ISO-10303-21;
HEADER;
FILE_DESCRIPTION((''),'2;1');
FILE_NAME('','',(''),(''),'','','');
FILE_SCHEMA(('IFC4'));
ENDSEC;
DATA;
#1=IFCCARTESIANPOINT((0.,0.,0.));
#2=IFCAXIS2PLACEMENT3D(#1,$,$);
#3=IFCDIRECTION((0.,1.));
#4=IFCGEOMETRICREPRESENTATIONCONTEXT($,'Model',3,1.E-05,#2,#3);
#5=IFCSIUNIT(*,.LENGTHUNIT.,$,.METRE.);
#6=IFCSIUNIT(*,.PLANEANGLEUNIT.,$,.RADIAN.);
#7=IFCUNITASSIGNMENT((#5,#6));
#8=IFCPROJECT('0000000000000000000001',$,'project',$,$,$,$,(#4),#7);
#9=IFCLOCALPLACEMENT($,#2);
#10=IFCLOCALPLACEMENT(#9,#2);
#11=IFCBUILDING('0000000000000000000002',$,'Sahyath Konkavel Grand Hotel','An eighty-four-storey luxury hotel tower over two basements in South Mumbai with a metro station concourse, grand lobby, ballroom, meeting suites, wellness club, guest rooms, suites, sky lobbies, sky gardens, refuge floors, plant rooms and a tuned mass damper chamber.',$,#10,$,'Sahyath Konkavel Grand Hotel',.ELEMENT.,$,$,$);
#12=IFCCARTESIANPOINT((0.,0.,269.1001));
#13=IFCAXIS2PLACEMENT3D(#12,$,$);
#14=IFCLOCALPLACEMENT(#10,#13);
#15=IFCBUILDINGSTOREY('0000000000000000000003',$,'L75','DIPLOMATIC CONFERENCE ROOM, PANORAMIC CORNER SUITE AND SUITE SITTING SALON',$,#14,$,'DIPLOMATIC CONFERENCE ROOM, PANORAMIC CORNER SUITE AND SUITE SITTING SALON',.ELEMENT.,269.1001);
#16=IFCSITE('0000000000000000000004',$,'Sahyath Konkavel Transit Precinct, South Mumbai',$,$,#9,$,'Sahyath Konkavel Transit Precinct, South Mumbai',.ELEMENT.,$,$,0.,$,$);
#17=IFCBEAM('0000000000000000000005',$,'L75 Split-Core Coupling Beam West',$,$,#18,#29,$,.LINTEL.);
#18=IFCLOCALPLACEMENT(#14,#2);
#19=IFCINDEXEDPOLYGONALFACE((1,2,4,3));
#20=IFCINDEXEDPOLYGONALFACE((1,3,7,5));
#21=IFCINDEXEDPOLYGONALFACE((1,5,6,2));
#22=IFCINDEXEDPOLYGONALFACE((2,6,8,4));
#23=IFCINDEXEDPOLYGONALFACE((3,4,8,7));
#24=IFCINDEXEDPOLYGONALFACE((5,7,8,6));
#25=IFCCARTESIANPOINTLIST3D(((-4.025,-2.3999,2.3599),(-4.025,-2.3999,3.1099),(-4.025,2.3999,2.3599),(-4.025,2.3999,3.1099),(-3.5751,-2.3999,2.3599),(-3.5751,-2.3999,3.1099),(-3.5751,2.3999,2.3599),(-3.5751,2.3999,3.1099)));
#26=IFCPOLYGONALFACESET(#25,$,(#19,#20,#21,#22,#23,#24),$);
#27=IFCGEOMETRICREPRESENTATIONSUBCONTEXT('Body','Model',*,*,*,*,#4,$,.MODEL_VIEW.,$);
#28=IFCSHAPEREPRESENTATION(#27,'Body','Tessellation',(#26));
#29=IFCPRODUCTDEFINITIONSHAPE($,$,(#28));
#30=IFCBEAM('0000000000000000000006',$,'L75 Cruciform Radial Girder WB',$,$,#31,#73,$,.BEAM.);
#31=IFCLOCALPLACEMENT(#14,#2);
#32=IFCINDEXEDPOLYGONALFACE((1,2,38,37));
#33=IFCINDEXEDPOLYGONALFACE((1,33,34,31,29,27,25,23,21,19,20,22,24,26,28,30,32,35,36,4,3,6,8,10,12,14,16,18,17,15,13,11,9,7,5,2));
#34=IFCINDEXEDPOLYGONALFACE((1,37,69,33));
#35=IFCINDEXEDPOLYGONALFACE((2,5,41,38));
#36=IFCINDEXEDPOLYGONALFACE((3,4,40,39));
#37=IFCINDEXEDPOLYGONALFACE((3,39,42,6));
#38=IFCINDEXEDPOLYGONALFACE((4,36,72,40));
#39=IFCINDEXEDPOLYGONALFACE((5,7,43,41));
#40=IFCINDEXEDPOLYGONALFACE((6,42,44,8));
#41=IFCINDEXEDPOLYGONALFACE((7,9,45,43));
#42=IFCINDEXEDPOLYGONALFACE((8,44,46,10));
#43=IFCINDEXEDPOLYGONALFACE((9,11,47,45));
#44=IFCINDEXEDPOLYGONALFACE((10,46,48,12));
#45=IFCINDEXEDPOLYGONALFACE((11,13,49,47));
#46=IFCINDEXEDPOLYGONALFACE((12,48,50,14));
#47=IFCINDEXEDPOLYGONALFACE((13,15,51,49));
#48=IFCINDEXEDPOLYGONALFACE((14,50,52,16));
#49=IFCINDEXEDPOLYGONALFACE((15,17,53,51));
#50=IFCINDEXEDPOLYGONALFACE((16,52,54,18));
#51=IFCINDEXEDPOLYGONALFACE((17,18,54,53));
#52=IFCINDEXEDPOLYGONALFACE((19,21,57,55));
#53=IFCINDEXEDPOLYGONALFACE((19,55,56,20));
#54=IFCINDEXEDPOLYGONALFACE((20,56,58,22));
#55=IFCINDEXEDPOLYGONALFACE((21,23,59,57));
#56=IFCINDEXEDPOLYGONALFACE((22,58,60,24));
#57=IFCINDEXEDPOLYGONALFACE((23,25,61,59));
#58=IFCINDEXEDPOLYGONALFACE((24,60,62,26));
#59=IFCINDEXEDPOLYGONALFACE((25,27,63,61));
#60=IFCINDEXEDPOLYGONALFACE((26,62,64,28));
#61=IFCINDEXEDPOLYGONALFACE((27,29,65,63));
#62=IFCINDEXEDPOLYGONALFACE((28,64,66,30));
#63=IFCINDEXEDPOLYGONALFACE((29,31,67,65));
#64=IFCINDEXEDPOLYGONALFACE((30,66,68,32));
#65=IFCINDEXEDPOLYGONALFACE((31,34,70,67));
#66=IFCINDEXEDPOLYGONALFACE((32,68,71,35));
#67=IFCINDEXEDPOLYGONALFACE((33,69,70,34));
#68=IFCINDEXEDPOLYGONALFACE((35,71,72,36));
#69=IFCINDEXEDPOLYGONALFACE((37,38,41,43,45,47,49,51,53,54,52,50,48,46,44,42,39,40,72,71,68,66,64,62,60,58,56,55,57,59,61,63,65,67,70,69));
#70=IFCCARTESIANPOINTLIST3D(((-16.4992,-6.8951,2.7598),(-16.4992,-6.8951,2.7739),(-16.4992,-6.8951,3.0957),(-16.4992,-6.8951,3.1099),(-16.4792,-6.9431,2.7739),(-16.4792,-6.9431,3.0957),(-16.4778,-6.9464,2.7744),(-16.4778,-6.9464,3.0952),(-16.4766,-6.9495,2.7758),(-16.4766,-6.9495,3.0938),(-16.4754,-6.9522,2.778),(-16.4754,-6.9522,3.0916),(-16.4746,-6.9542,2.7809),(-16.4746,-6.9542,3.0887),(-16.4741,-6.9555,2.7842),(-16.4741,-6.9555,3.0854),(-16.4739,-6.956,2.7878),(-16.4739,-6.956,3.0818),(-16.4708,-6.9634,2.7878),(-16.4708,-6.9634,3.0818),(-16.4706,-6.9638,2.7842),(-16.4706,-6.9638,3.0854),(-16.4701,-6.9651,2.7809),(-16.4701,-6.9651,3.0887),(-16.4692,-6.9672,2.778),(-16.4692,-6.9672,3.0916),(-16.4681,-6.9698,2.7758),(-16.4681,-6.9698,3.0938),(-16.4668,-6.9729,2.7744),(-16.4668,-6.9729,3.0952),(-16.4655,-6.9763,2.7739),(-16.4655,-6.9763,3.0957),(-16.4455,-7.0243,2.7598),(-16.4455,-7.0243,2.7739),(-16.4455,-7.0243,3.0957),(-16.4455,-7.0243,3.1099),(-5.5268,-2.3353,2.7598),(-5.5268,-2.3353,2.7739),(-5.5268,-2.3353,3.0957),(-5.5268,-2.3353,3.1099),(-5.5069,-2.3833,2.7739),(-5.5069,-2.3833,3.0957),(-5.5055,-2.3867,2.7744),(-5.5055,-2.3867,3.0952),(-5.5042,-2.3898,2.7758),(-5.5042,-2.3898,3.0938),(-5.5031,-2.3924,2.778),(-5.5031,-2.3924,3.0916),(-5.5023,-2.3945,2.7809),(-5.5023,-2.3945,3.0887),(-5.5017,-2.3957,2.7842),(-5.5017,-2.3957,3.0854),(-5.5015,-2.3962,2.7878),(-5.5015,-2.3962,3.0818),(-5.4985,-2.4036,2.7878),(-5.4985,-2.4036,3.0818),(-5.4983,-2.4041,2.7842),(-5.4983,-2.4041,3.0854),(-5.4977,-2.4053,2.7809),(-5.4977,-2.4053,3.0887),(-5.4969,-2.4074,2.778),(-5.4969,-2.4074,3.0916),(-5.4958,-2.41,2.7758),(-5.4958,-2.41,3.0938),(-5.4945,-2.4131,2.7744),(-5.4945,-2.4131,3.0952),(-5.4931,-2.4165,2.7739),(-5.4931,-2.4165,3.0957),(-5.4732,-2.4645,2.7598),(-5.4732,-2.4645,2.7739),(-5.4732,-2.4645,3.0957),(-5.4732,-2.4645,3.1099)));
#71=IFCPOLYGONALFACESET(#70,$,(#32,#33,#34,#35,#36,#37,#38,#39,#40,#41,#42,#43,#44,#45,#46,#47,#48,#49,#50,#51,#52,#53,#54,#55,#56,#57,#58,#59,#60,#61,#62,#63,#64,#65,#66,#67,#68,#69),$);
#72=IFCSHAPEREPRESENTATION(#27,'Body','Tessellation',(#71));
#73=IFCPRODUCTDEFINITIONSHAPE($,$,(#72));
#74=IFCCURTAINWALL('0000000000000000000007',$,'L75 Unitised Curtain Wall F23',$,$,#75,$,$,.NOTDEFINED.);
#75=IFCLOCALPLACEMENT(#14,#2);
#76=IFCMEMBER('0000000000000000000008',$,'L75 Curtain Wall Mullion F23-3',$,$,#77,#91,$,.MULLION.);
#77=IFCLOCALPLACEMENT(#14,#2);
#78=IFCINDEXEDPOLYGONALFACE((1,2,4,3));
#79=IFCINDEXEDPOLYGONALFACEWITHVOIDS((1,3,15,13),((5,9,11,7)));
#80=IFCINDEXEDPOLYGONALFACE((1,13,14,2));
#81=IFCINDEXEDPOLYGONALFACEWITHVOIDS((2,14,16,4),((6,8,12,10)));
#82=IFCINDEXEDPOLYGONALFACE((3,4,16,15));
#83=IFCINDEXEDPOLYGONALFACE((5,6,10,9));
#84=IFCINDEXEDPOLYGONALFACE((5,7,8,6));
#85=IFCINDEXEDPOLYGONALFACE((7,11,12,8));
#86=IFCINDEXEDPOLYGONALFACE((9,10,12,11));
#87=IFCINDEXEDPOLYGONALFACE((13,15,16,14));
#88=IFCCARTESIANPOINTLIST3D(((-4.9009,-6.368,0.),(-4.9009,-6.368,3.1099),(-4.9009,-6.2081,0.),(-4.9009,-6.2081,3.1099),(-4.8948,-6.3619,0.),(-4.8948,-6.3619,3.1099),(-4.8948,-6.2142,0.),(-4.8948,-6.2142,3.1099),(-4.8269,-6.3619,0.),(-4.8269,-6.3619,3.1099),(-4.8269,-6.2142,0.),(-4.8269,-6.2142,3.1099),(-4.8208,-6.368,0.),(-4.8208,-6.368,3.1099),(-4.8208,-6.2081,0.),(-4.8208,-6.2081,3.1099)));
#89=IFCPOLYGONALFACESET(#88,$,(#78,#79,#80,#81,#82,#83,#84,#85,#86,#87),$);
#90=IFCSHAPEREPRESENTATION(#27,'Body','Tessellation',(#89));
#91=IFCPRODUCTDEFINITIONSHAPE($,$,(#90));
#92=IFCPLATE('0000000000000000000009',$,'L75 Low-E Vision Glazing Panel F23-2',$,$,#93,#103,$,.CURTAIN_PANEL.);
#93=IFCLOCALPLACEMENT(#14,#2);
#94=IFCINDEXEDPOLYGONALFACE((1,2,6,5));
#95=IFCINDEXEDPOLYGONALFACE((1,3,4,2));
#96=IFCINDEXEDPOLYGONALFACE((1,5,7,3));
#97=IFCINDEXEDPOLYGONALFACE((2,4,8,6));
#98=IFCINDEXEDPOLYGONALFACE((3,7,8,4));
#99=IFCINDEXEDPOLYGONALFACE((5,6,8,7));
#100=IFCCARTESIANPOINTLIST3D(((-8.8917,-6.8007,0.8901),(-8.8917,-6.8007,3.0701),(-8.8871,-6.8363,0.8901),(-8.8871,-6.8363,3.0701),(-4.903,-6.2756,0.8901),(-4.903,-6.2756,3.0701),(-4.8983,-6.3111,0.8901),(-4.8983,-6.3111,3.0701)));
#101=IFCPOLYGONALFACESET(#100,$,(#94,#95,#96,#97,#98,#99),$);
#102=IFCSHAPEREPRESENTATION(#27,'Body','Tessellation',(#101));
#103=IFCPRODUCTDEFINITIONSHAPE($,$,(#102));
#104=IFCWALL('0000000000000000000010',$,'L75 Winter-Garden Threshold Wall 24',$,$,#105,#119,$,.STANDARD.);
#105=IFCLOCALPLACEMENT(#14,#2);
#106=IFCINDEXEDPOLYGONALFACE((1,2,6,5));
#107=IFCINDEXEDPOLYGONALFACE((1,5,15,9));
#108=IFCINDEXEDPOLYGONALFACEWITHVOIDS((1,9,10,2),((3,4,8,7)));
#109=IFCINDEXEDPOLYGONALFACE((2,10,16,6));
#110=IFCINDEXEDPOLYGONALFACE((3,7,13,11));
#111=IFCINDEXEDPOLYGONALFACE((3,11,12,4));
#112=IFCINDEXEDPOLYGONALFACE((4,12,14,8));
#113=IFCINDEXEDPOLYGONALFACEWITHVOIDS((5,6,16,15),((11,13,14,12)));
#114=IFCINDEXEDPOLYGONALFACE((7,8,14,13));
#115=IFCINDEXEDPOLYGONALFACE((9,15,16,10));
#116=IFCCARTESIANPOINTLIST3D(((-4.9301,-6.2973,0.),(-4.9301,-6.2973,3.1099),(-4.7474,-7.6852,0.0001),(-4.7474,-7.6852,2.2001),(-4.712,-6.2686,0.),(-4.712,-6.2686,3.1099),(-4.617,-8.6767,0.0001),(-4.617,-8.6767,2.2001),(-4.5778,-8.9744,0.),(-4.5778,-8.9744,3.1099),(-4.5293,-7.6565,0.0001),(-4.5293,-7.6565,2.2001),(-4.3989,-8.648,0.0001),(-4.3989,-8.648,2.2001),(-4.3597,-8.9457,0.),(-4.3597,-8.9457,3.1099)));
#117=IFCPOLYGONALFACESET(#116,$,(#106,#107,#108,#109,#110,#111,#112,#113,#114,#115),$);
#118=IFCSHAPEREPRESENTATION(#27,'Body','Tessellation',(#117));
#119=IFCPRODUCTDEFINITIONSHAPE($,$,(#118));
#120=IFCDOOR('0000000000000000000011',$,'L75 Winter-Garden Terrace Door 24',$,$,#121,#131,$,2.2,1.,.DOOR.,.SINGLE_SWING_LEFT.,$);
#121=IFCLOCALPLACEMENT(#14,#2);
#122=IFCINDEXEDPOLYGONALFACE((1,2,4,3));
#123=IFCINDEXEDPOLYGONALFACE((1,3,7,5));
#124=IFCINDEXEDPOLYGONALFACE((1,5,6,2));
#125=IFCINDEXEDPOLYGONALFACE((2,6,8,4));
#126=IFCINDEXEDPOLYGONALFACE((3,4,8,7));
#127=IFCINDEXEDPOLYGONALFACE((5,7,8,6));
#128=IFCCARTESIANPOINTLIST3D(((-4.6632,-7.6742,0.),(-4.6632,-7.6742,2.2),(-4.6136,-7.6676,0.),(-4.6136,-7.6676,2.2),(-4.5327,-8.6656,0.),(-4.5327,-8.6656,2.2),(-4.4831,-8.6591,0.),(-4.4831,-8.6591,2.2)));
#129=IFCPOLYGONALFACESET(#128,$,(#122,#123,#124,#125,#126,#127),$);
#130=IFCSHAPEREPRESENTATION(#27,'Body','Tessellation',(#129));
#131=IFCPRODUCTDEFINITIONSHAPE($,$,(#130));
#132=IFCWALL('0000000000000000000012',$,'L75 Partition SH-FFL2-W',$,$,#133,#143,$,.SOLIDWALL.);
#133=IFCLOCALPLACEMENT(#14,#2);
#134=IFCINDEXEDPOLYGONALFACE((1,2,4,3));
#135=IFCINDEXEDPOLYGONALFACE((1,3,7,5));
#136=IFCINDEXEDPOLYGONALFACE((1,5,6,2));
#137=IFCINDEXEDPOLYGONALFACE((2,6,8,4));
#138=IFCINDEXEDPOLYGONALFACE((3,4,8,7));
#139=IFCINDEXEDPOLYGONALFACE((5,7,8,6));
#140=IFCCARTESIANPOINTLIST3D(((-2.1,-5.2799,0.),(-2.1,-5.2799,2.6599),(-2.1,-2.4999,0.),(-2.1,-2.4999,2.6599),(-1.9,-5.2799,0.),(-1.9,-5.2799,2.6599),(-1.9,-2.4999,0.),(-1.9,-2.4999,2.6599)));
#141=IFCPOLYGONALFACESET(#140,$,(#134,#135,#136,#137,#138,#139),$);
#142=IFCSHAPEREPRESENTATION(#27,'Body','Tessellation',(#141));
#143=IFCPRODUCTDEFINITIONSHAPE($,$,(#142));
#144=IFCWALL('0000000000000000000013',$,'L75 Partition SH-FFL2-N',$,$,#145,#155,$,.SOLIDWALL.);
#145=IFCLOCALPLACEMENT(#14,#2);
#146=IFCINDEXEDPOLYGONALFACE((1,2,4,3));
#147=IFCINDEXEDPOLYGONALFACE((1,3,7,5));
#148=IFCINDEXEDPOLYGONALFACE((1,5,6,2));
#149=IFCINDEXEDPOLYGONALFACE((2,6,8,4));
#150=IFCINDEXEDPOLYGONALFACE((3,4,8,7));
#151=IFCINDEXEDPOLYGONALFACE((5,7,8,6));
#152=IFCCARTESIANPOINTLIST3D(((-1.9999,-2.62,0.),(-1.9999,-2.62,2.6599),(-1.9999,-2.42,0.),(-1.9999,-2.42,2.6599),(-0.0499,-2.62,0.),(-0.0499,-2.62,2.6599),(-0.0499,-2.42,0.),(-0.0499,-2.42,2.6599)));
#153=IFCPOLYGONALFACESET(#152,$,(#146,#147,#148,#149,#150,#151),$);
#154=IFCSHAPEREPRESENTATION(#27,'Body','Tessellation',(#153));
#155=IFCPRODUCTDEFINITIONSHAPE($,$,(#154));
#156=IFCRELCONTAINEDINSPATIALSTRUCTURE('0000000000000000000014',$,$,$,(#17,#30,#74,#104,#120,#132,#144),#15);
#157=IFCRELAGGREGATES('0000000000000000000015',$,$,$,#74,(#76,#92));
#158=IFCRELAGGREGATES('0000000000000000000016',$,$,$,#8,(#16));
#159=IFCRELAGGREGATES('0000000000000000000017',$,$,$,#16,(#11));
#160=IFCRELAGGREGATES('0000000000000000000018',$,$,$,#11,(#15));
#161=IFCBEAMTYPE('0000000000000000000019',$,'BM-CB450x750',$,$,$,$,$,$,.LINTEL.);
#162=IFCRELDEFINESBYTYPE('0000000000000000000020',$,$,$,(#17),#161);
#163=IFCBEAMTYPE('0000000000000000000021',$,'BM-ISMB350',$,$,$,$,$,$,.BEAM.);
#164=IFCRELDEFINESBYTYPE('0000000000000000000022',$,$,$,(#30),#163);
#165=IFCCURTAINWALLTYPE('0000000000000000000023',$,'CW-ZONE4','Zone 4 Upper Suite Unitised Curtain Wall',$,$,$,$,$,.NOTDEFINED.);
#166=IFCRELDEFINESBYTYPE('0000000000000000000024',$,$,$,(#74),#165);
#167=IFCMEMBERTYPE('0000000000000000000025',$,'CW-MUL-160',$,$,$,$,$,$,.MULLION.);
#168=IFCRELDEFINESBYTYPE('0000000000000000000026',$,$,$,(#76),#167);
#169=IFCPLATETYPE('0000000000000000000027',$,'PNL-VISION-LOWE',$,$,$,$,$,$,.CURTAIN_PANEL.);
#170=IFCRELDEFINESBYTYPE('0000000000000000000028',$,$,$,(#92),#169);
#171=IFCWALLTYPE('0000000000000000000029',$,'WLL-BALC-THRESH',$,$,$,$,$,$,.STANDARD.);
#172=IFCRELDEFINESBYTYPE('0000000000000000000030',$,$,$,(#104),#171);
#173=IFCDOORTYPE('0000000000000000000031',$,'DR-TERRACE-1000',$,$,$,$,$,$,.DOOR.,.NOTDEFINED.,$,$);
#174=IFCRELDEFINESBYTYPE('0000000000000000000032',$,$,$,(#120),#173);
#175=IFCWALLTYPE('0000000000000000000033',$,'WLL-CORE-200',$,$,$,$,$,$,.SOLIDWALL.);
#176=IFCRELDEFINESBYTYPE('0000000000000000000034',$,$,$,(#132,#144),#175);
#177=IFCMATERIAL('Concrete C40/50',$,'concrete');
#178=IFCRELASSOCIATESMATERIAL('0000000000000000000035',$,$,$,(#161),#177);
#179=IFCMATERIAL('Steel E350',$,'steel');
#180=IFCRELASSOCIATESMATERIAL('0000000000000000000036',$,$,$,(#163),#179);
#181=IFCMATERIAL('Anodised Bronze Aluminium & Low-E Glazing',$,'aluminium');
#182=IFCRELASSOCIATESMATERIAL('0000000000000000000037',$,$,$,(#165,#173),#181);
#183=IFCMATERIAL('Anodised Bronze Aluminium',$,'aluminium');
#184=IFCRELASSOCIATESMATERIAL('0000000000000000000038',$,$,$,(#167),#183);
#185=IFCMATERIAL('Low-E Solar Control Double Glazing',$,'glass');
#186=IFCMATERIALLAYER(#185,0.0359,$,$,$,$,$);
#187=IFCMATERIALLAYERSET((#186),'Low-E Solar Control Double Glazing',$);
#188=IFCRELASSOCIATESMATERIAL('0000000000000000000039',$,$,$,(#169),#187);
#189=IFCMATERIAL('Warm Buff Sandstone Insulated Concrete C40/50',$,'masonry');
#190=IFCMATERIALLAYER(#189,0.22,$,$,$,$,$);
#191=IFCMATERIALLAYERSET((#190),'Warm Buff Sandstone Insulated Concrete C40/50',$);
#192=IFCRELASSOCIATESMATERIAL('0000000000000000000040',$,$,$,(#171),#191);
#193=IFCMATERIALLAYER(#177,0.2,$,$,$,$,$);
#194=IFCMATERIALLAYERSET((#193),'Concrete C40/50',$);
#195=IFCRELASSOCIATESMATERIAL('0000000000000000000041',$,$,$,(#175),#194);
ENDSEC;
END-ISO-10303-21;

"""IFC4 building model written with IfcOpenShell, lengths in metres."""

from ifc_helpers import new_model, si_unit, direction, frame, frame_2d, origin, origin_2d, place, context, subcontext, project, spatial, rectangle, hollow_rectangle, i_section, extrude, source, transform, mapped, material, layer, layer_set, material_profile, profile_set, type_object, element, fill, aggregate, save


model = new_model("IFC4")

# Units and contexts
model_context = context("Model", 3, precision=1e-05, world=origin(), true_north=direction((0.0, 1.0)))
body_context = subcontext(model_context, "Body", "Model", "MODEL_VIEW")
ifc_project = project(units=[si_unit("LENGTHUNIT", "METRE"), si_unit("PLANEANGLEUNIT", "RADIAN")], contexts=[model_context])

# Site, building, storey
site_placement = place(None, origin())
site = spatial("IfcSite", under=ifc_project, at=site_placement, Name="Sahyath Konkavel Transit Precinct, South Mumbai", LongName="Sahyath Konkavel Transit Precinct, South Mumbai", CompositionType="ELEMENT", RefElevation=0.0)
building_placement = place(site_placement, origin())
building = spatial("IfcBuilding", under=site, at=building_placement, Name="Sahyath Konkavel Grand Hotel", Description="An eighty-four-storey luxury hotel tower over two basements in South Mumbai with a metro station concourse, grand lobby, ballroom, meeting suites, wellness club, guest rooms, suites, sky lobbies, sky gardens, refuge floors, plant rooms and a tuned mass damper chamber.", LongName="Sahyath Konkavel Grand Hotel", CompositionType="ELEMENT")
storey_placement = place(building_placement, frame((0.0, 0.0, 269.1001)))
storey = spatial("IfcBuildingStorey", under=building, at=storey_placement, Name="L75", Description="DIPLOMATIC CONFERENCE ROOM, PANORAMIC CORNER SUITE AND SUITE SITTING SALON", LongName="DIPLOMATIC CONFERENCE ROOM, PANORAMIC CORNER SUITE AND SUITE SITTING SALON", CompositionType="ELEMENT", Elevation=269.1001)

# Shared definitions
ifc_material_1 = material(Name="Concrete C40/50", Category="concrete")

# Beams
ifc_material_2 = material(Name="Steel E350", Category="steel")
ifc_material_profile_1 = material_profile(ifc_material_1, rectangle(XDim=0.45, YDim=0.75, at=origin_2d()), Name="RC 450x750")
ifc_profile_set_1 = profile_set([ifc_material_profile_1], Name="Concrete C40/50")
beam_type_1 = type_object("IfcBeamType", Name="BM-CB450x750", PredefinedType="LINTEL", material=ifc_profile_set_1)
shared_shape_1 = source(origin(), body_context, "Body", "SweptSolid", [
    extrude(rectangle(XDim=0.45, YDim=0.75, at=origin_2d()), origin(), (0.0, 0.0, 1.0), 4.7998),
])
beam_1_placement = place(storey_placement, frame((-3.8, -2.3999, 2.7349), z_axis=(0.0, 1.0, 0.0), x_axis=(-1.0, 0.0, 0.0)))
element("IfcBeam", 1, at=beam_1_placement, inside=storey, type_object=beam_type_1, Name="L75 Split-Core Coupling Beam West", PredefinedType="LINTEL", context=body_context, shape_type="MappedRepresentation", body=[
    mapped(shared_shape_1, transform((0.0, 0.0, 0.0), scale=1.0)),
])
ifc_material_profile_2 = material_profile(ifc_material_2, i_section(OverallWidth=0.1399, OverallDepth=0.3501, WebThickness=0.0081, FlangeThickness=0.0142, FilletRadius=0.0139, at=origin_2d()), Name="ISMB 350")
ifc_profile_set_2 = profile_set([ifc_material_profile_2], Name="Steel E350")
beam_type_2 = type_object("IfcBeamType", Name="BM-ISMB350", PredefinedType="BEAM", material=ifc_profile_set_2)
shared_shape_2 = source(origin(), body_context, "Body", "SweptSolid", [
    extrude(i_section(OverallWidth=0.1399, OverallDepth=0.3501, WebThickness=0.0081, FlangeThickness=0.0142, FilletRadius=0.0139, at=origin_2d()), origin(), (0.0, 0.0, 1.0), 11.8821),
])
beam_2_placement = place(storey_placement, frame((-5.5, -2.3999, 2.9348), z_axis=(-0.923436, -0.383753, 0.0), x_axis=(0.383753, -0.923436, 0.0)))
element("IfcBeam", 2, at=beam_2_placement, inside=storey, type_object=beam_type_2, Name="L75 Cruciform Radial Girder WB", PredefinedType="BEAM", context=body_context, shape_type="MappedRepresentation", body=[
    mapped(shared_shape_2, transform((0.0, 0.0, 0.0), scale=1.0)),
])

# Curtain wall, member, plate
ifc_material_3 = material(Name="Anodised Bronze Aluminium & Low-E Glazing", Category="aluminium")
curtain_wall_type = type_object("IfcCurtainWallType", Name="CW-ZONE4", Description="Zone 4 Upper Suite Unitised Curtain Wall", PredefinedType="NOTDEFINED", material=ifc_material_3)
curtain_wall_placement = place(storey_placement, origin())
curtain_wall = element("IfcCurtainWall", 3, at=curtain_wall_placement, inside=storey, type_object=curtain_wall_type, Name="L75 Unitised Curtain Wall F23", PredefinedType="NOTDEFINED")
ifc_material_4 = material(Name="Anodised Bronze Aluminium", Category="aluminium")
ifc_material_profile_3 = material_profile(ifc_material_4, hollow_rectangle(XDim=0.0801, YDim=0.1599, WallThickness=0.0061, at=origin_2d()), Name="RHS 160x80x6")
ifc_profile_set_3 = profile_set([ifc_material_profile_3], Name="Anodised Bronze Aluminium")
member_type = type_object("IfcMemberType", Name="CW-MUL-160", PredefinedType="MULLION", material=ifc_profile_set_3)
shared_shape_3 = source(origin(), body_context, "Body", "SweptSolid", [
    extrude(hollow_rectangle(XDim=0.0801, YDim=0.1599, WallThickness=0.0061, at=origin_2d()), origin(), (0.0, 0.0, 1.0), 3.1099),
])
member_placement = place(storey_placement, frame((-4.8608, -6.2881, 0.0), z_axis=(0.0, 0.0, 1.0), x_axis=(1.0, 0.0, 0.0)))
member = element("IfcMember", 4, at=member_placement, type_object=member_type, Name="L75 Curtain Wall Mullion F23-3", PredefinedType="MULLION", context=body_context, shape_type="MappedRepresentation", body=[
    mapped(shared_shape_3, transform((0.0, 0.0, 0.0), scale=1.0)),
])
ifc_material_5 = material(Name="Low-E Solar Control Double Glazing", Category="glass")
ifc_layer_1 = layer(ifc_material_5, 0.0359)
ifc_layer_set_1 = layer_set([ifc_layer_1], Name="Low-E Solar Control Double Glazing")
plate_type = type_object("IfcPlateType", Name="PNL-VISION-LOWE", PredefinedType="CURTAIN_PANEL", material=ifc_layer_set_1)
shared_shape_4 = source(origin(), body_context, "Body", "SweptSolid", [
    extrude(rectangle(XDim=4.0232, YDim=0.0359, at=origin_2d()), origin(), (0.0, 0.0, 1.0), 2.1799),
])
plate_placement = place(storey_placement, frame((-6.895, -6.5559, 0.8901), z_axis=(0.0, 0.0, 1.0), x_axis=(0.991445, 0.130526, 0.0)))
plate = element("IfcPlate", 5, at=plate_placement, type_object=plate_type, Name="L75 Low-E Vision Glazing Panel F23-2", PredefinedType="CURTAIN_PANEL", context=body_context, shape_type="MappedRepresentation", body=[
    mapped(shared_shape_4, transform((0.0, 0.0, 0.0), scale=1.0)),
])
aggregate(curtain_wall, [member, plate])

# Wall, opening, door
ifc_material_6 = material(Name="Warm Buff Sandstone Insulated Concrete C40/50", Category="masonry")
ifc_layer_2 = layer(ifc_material_6, 0.22)
ifc_layer_set_2 = layer_set([ifc_layer_2], Name="Warm Buff Sandstone Insulated Concrete C40/50")
wall_type_1 = type_object("IfcWallType", Name="WLL-BALC-THRESH", PredefinedType="STANDARD", material=ifc_layer_set_2)
wall_1_placement = place(storey_placement, frame((-4.821, -6.283, 0.0), z_axis=(0.0, 0.0, 1.0), x_axis=(0.130476, -0.991452, 0.0)))
wall_1 = element("IfcWall", 6, at=wall_1_placement, inside=storey, type_object=wall_type_1, Name="L75 Winter-Garden Threshold Wall 24", PredefinedType="STANDARD", context=body_context, shape_type="SweptSolid", body=[
    extrude(rectangle(XDim=2.7002, YDim=0.22, at=frame_2d((1.3501, 0.0))), origin(), (0.0, 0.0, 1.0), 3.1099),
])
opening_1_placement = place(wall_1_placement, frame((1.3999, 0.0, 0.0)))
opening_1 = element("IfcOpeningElement", 7, at=opening_1_placement, cuts=wall_1, PredefinedType="OPENING", context=body_context, shape_type="SweptSolid", body=[
    extrude(rectangle(XDim=1.0, YDim=2.2, at=frame_2d((0.5, 1.1001))), frame((0.0, 0.1201, 0.0), z_axis=(0.0, -1.0, 0.0), x_axis=(1.0, 0.0, 0.0)), (0.0, 0.0, 1.0), 0.24),
])
door_type_1 = type_object("IfcDoorType", Name="DR-TERRACE-1000", OperationType="NOTDEFINED", PredefinedType="DOOR", material=ifc_material_3)
shared_shape_5 = source(origin(), body_context, "Body", "SweptSolid", [
    extrude(rectangle(XDim=1.0, YDim=0.05, at=origin_2d()), origin(), (0.0, 0.0, 1.0), 2.2),
])
door_1_placement = place(opening_1_placement, frame((0.5, 0.0, 0.0)))
door_1 = element("IfcDoor", 8, at=door_1_placement, inside=storey, type_object=door_type_1, Name="L75 Winter-Garden Terrace Door 24", OperationType="SINGLE_SWING_LEFT", OverallHeight=2.2, OverallWidth=1.0, PredefinedType="DOOR", context=body_context, shape_type="MappedRepresentation", body=[
    mapped(shared_shape_5, transform((0.0, 0.0, 0.0), scale=1.0)),
])
fill(opening_1, door_1)

# Walls
ifc_layer_3 = layer(ifc_material_1, 0.2)
ifc_layer_set_3 = layer_set([ifc_layer_3], Name="Concrete C40/50")
wall_type_2 = type_object("IfcWallType", Name="WLL-CORE-200", PredefinedType="SOLIDWALL", material=ifc_layer_set_3)
wall_2_placement = place(storey_placement, frame((-2.0, -5.28, 0.0), z_axis=(0.0, 0.0, 1.0), x_axis=(0.0, 1.0, 0.0)))
element("IfcWall", 9, at=wall_2_placement, inside=storey, type_object=wall_type_2, Name="L75 Partition SH-FFL2-W", PredefinedType="SOLIDWALL", context=body_context, shape_type="SweptSolid", body=[
    extrude(rectangle(XDim=2.78, YDim=0.2, at=frame_2d((1.3901, 0.0))), origin(), (0.0, 0.0, 1.0), 2.6599),
])
wall_3_placement = place(storey_placement, frame((-2.0, -2.52, 0.0), z_axis=(0.0, 0.0, 1.0), x_axis=(1.0, 0.0, 0.0)))
element("IfcWall", 10, at=wall_3_placement, inside=storey, type_object=wall_type_2, Name="L75 Partition SH-FFL2-N", PredefinedType="SOLIDWALL", context=body_context, shape_type="SweptSolid", body=[
    extrude(rectangle(XDim=1.95, YDim=0.2, at=frame_2d((0.9751, 0.0))), origin(), (0.0, 0.0, 1.0), 2.6599),
])

save(model, "model.ifc")
